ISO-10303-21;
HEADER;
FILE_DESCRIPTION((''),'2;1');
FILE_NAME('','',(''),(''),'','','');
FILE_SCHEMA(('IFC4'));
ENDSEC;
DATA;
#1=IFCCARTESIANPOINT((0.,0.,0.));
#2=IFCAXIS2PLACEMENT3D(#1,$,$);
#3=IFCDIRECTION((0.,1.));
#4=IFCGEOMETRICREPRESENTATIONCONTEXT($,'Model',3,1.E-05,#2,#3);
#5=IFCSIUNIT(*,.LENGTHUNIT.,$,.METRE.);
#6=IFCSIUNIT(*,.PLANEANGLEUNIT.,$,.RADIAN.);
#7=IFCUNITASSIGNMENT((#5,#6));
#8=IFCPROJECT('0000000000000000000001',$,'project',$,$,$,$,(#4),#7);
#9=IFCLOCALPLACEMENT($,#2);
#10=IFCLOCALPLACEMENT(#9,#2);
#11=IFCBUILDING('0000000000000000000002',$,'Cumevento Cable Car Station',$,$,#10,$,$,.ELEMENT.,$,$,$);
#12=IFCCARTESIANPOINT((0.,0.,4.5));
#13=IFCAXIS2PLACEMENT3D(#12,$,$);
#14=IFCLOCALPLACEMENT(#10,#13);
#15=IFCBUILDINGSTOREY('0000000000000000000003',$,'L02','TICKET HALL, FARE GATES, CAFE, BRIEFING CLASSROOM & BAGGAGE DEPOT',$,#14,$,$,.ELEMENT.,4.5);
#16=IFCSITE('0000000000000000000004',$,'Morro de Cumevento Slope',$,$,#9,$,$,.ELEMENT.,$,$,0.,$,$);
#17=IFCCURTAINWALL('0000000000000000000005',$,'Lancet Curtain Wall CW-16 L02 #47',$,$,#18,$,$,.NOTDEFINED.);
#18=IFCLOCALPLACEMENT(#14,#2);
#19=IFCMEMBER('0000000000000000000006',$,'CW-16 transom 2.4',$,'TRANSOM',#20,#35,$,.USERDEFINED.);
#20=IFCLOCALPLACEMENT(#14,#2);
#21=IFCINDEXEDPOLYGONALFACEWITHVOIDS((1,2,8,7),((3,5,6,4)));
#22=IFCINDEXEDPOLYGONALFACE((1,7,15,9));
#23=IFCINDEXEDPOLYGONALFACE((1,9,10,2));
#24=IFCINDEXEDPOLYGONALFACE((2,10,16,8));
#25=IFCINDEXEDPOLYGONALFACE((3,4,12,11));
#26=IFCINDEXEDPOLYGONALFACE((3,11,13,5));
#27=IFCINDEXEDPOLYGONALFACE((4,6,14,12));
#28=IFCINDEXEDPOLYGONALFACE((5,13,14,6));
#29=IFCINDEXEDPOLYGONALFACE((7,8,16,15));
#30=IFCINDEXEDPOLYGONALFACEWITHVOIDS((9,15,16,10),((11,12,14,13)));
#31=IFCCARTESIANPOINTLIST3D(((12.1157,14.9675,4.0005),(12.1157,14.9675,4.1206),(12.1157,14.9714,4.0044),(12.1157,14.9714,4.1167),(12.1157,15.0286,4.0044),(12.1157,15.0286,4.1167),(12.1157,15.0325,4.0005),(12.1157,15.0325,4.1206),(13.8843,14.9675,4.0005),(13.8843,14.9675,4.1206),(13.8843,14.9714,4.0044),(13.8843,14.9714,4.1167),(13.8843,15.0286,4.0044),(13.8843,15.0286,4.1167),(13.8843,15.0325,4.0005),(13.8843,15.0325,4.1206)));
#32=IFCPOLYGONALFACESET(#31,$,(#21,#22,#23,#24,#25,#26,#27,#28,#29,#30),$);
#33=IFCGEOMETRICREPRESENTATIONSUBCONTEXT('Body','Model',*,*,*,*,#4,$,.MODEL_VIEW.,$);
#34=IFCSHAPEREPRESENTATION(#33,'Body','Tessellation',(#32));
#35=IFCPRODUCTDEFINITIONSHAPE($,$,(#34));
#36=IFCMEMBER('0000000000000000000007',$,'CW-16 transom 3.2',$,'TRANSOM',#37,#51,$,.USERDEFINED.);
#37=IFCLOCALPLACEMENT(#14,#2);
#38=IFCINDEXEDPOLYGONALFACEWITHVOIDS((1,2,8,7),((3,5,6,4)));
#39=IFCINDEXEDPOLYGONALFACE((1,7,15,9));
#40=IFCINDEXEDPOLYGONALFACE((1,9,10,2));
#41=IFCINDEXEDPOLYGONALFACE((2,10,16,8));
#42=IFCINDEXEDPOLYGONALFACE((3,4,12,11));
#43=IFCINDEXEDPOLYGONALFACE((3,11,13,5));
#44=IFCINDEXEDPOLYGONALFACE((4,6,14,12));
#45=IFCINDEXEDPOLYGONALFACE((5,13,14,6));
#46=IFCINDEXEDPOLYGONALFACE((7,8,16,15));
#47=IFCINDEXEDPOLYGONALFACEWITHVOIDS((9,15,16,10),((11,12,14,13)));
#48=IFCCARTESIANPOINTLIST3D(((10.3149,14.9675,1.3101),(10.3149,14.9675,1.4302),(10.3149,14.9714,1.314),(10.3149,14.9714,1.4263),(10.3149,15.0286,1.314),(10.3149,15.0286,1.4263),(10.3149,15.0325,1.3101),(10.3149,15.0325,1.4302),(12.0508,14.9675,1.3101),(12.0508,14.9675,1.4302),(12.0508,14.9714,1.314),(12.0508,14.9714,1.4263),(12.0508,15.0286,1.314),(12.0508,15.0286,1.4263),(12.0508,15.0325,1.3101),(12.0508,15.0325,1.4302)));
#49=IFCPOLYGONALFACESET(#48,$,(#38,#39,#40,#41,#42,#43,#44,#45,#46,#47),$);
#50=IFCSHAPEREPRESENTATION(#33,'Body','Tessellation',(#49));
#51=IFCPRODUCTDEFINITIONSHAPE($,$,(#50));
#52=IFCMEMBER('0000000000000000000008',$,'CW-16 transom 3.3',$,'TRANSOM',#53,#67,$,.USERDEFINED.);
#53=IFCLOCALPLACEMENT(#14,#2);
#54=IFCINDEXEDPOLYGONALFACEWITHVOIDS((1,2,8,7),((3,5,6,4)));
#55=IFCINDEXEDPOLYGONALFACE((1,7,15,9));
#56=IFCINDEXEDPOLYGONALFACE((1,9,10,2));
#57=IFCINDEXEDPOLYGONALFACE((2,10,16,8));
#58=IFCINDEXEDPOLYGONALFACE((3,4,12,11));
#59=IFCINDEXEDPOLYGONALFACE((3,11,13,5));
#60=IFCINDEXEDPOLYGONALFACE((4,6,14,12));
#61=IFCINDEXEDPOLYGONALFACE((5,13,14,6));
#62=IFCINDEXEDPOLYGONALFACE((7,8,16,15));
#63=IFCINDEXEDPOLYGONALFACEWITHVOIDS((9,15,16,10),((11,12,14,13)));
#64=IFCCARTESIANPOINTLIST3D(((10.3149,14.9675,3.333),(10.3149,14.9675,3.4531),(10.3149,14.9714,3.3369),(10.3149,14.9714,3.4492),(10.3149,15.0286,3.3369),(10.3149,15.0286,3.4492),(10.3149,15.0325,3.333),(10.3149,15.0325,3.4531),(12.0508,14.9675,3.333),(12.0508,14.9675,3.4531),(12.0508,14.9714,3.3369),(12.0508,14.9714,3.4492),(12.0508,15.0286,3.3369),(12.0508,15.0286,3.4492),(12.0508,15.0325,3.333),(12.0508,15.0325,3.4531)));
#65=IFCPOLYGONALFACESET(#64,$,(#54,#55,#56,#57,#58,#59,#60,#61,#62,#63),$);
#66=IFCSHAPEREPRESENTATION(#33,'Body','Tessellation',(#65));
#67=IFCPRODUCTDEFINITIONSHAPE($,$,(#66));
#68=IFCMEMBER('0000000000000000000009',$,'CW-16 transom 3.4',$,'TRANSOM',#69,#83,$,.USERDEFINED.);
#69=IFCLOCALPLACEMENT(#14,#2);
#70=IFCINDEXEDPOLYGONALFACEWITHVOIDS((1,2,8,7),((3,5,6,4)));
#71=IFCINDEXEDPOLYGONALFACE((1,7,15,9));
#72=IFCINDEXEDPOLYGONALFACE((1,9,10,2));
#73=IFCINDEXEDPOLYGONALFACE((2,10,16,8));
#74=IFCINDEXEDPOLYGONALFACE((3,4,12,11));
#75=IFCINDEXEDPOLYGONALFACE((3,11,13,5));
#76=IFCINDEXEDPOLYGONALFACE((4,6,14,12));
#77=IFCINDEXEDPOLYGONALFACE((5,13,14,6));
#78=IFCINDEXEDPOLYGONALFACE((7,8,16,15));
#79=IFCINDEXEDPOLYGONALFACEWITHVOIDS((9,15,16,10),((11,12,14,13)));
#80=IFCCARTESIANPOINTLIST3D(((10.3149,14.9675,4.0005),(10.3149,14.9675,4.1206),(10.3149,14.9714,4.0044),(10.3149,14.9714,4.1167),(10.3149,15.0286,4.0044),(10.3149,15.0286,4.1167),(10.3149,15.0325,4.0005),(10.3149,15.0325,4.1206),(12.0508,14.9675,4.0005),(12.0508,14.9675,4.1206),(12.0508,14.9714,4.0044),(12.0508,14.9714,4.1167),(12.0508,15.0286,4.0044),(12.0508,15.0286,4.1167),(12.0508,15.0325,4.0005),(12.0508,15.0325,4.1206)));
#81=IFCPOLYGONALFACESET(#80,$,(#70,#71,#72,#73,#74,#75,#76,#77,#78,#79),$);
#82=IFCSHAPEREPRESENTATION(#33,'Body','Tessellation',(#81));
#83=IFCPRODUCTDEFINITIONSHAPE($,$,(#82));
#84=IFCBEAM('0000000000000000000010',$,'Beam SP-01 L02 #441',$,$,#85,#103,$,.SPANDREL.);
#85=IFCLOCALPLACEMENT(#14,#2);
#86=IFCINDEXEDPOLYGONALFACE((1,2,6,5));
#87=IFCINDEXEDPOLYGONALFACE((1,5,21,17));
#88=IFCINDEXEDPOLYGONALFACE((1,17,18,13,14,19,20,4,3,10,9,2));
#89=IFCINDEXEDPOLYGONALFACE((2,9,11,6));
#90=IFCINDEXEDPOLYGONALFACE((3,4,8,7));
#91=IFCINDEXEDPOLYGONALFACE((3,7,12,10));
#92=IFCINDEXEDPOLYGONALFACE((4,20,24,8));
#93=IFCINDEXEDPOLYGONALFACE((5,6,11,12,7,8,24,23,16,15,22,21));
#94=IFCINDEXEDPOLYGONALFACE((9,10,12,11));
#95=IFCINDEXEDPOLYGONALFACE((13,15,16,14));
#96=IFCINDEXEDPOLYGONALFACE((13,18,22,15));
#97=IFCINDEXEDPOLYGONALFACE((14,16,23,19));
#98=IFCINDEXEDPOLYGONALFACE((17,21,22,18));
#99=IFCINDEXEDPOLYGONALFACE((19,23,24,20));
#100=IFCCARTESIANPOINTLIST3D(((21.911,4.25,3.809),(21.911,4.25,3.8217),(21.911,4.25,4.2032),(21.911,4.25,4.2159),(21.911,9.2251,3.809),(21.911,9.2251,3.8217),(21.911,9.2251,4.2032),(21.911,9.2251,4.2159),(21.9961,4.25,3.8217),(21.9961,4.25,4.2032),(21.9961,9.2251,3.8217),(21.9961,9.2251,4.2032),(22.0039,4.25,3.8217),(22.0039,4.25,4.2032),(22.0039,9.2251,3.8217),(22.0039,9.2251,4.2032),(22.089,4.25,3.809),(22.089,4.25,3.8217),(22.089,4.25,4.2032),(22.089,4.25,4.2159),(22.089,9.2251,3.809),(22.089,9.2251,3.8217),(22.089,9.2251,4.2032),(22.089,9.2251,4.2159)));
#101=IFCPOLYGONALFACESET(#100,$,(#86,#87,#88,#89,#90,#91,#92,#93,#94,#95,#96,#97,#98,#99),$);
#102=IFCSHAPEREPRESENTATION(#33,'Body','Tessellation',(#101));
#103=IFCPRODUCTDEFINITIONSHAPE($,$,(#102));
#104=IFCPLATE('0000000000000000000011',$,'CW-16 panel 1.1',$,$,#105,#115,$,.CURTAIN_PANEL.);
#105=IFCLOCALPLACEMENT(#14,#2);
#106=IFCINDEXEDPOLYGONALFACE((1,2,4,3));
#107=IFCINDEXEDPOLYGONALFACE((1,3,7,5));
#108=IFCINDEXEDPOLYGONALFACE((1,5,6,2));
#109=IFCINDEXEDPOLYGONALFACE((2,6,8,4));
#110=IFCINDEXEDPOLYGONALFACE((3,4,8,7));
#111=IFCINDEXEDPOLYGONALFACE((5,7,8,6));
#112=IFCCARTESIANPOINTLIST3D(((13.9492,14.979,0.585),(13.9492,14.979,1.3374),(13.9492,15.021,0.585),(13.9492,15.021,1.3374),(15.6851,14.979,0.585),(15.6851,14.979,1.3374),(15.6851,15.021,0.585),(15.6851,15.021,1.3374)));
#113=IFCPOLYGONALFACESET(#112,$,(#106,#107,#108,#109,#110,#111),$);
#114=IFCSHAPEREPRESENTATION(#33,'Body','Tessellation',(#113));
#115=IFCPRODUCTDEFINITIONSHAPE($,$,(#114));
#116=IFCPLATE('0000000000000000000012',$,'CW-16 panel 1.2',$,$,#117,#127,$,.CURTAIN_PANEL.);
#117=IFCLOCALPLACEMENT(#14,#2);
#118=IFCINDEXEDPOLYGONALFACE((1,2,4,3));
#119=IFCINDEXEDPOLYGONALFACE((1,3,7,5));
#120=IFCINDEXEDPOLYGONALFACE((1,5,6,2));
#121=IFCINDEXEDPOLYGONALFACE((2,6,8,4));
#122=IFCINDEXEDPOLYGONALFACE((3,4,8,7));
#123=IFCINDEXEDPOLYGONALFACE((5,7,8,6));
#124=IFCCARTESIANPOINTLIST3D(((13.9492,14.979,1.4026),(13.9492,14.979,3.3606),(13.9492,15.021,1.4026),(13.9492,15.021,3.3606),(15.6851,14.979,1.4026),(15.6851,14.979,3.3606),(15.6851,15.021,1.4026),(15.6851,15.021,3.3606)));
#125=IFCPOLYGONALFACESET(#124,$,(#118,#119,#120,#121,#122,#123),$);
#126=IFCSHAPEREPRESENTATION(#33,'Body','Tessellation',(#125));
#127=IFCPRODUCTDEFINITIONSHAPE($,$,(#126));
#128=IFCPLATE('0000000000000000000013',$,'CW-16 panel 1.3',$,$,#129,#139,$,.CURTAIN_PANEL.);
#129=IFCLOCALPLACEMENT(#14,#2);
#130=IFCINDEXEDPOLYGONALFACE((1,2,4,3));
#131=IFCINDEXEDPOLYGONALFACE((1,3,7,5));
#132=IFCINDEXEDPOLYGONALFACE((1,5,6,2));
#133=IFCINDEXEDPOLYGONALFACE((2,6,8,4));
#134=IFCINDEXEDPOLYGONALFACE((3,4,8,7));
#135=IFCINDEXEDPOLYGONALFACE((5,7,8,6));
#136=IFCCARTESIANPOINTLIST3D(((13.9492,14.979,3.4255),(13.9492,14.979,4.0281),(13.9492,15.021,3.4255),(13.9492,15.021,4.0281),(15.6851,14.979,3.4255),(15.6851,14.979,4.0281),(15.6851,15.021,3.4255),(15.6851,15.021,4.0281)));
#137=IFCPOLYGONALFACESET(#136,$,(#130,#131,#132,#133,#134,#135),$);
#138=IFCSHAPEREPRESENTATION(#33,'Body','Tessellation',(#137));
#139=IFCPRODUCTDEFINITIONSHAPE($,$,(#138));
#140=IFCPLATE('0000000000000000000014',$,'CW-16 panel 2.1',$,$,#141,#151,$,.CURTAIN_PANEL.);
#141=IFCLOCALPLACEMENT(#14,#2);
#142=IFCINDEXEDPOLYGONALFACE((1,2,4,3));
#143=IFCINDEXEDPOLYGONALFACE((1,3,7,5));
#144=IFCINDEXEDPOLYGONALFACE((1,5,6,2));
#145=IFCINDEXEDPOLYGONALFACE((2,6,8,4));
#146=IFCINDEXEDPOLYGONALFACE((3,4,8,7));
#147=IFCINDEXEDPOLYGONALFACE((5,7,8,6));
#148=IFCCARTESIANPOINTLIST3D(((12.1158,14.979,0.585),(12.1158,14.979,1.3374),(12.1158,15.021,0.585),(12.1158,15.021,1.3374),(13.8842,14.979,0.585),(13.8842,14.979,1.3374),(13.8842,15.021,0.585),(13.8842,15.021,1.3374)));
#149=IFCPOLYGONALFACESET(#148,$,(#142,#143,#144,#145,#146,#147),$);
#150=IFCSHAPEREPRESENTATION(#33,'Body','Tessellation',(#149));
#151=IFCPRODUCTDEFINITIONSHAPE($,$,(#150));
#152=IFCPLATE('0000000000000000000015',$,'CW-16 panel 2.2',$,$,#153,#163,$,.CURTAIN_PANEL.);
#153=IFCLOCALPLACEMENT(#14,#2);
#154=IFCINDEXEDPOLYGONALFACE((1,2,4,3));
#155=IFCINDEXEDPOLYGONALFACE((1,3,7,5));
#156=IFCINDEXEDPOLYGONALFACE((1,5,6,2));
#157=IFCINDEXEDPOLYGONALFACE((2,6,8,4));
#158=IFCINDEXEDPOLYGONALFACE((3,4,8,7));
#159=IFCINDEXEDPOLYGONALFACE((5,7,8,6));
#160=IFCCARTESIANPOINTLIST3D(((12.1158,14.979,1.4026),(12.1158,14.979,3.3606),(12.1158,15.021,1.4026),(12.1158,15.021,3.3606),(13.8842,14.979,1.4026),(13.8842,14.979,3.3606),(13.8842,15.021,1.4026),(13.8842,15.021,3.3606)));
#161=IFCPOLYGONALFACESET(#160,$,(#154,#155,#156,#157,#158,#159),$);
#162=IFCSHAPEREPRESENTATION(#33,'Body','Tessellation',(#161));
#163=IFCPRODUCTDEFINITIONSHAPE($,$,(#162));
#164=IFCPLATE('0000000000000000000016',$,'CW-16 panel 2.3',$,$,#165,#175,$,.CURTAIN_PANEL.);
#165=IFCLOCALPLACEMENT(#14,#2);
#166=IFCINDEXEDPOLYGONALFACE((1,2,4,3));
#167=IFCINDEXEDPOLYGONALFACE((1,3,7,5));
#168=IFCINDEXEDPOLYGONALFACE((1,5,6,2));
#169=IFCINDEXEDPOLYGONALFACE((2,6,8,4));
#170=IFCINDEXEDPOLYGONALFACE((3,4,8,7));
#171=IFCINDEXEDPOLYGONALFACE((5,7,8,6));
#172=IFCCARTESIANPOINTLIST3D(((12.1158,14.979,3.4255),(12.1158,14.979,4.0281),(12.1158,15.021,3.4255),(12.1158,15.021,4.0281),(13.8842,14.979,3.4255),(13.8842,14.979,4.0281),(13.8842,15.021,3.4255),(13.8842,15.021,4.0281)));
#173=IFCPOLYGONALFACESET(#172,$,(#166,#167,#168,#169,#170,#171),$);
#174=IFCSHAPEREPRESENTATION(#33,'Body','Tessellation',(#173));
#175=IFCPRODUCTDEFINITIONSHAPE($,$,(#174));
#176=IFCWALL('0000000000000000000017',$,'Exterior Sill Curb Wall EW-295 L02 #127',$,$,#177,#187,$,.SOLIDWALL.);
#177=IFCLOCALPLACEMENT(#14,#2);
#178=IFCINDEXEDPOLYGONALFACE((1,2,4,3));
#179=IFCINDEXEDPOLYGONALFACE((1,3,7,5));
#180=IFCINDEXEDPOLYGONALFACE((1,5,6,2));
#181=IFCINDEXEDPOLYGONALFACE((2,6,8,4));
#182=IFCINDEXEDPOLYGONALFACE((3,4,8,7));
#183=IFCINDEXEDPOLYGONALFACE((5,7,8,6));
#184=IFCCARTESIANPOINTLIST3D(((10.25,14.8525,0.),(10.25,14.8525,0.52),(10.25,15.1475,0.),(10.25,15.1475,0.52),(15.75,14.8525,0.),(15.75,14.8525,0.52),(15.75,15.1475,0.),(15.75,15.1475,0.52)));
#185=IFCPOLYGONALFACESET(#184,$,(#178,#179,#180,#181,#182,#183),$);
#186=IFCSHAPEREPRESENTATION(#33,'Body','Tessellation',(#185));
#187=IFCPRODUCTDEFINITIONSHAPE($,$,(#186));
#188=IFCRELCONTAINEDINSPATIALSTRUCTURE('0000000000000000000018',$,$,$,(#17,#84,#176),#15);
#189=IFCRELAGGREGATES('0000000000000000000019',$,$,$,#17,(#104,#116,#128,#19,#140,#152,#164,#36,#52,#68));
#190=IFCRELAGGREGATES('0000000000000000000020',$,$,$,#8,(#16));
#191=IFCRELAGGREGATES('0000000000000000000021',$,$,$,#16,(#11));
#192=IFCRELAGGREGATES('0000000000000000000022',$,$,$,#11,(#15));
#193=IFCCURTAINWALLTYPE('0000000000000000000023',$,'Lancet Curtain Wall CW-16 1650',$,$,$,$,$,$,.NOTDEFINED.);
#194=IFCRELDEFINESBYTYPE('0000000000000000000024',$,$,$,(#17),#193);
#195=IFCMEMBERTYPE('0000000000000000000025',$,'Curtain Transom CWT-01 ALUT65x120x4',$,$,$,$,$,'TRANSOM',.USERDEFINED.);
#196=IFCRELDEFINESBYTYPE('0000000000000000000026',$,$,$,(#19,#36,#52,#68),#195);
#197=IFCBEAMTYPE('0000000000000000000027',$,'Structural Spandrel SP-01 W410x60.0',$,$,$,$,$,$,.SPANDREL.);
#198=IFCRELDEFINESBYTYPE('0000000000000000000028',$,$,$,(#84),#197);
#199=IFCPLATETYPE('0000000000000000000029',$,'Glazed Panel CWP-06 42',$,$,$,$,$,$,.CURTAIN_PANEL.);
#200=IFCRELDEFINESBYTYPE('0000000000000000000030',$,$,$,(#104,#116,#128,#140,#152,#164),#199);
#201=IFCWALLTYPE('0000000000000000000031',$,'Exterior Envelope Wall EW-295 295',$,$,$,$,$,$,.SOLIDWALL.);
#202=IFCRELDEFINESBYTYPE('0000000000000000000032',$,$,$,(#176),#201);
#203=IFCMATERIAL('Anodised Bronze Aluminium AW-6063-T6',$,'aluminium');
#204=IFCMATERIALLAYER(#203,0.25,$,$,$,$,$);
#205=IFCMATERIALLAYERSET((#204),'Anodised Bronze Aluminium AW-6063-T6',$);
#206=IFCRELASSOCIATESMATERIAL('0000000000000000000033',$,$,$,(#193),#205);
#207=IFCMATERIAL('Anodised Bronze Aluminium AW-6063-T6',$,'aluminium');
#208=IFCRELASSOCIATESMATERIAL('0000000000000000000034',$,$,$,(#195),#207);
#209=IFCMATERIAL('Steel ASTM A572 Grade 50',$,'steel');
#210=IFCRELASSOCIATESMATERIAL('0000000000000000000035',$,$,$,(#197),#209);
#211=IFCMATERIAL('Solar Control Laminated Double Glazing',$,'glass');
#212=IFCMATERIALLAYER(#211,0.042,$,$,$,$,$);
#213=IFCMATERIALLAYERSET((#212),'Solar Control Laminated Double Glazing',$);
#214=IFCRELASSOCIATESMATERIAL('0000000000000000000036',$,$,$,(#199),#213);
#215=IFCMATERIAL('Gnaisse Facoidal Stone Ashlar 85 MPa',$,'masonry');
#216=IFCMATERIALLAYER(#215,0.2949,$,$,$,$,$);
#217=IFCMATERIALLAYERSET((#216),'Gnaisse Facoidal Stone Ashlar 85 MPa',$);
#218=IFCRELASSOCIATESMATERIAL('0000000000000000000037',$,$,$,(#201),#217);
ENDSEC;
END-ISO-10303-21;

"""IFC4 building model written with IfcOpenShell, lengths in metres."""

from ifc_helpers import new_model, si_unit, direction, frame, frame_2d, origin, origin_2d, place, context, subcontext, project, spatial, rectangle, hollow_rectangle, i_section, extrude, material, layer, layer_set, material_profile, profile_set, type_object, element, aggregate, save


model = new_model("IFC4")

# Units and contexts
model_context = context("Model", 3, precision=1e-05, world=origin(), true_north=direction((0.0, 1.0)))
body_context = subcontext(model_context, "Body", "Model", "MODEL_VIEW")
ifc_project = project(units=[si_unit("LENGTHUNIT", "METRE"), si_unit("PLANEANGLEUNIT", "RADIAN")], contexts=[model_context])

# Site, building, storey
site_placement = place(None, origin())
site = spatial("IfcSite", under=ifc_project, at=site_placement, Name="Morro de Cumevento Slope", CompositionType="ELEMENT", RefElevation=0.0)
building_placement = place(site_placement, origin())
building = spatial("IfcBuilding", under=site, at=building_placement, Name="Cumevento Cable Car Station", CompositionType="ELEMENT")
storey_placement = place(building_placement, frame((0.0, 0.0, 4.5)))
storey = spatial("IfcBuildingStorey", under=building, at=storey_placement, Name="L02", Description="TICKET HALL, FARE GATES, CAFE, BRIEFING CLASSROOM & BAGGAGE DEPOT", CompositionType="ELEMENT", Elevation=4.5)

# Curtain wall, members
ifc_material_1 = material(Name="Anodised Bronze Aluminium AW-6063-T6", Category="aluminium")
ifc_layer_1 = layer(ifc_material_1, 0.25)
ifc_layer_set_1 = layer_set([ifc_layer_1], Name="Anodised Bronze Aluminium AW-6063-T6")
curtain_wall_type = type_object("IfcCurtainWallType", Name="Lancet Curtain Wall CW-16 1650", PredefinedType="NOTDEFINED", material=ifc_layer_set_1)
curtain_wall_placement = place(storey_placement, origin())
curtain_wall = element("IfcCurtainWall", 1, at=curtain_wall_placement, inside=storey, type_object=curtain_wall_type, Name="Lancet Curtain Wall CW-16 L02 #47", PredefinedType="NOTDEFINED")
ifc_material_2 = material(Name="Anodised Bronze Aluminium AW-6063-T6", Category="aluminium")
ifc_material_profile_1 = material_profile(ifc_material_2, hollow_rectangle(XDim=0.0649, YDim=0.1201, WallThickness=0.0039, at=origin_2d()), Name="ALUT65x120x4")
ifc_profile_set_1 = profile_set([ifc_material_profile_1], Name="Anodised Bronze Aluminium AW-6063-T6")
member_type_1 = type_object("IfcMemberType", Name="Curtain Transom CWT-01 ALUT65x120x4", ElementType="TRANSOM", PredefinedType="USERDEFINED", material=ifc_profile_set_1)
member_1_placement = place(storey_placement, frame((13.8843, 15.0, 4.0605), z_axis=(-1.0, 0.0, 0.0), x_axis=(0.0, -1.0, 0.0)))
member_1 = element("IfcMember", 2, at=member_1_placement, type_object=member_type_1, Name="CW-16 transom 2.4", ObjectType="TRANSOM", PredefinedType="USERDEFINED", context=body_context, shape_type="SweptSolid", body=[
    extrude(hollow_rectangle(XDim=0.0649, YDim=0.1201, WallThickness=0.0039, at=origin_2d()), origin(), (0.0, 0.0, 1.0), 1.7686),
])
member_2_placement = place(storey_placement, frame((12.0508, 15.0, 1.3701), z_axis=(-1.0, 0.0, 0.0), x_axis=(0.0, -1.0, 0.0)))
member_2 = element("IfcMember", 3, at=member_2_placement, type_object=member_type_1, Name="CW-16 transom 3.2", ObjectType="TRANSOM", PredefinedType="USERDEFINED", context=body_context, shape_type="SweptSolid", body=[
    extrude(hollow_rectangle(XDim=0.0649, YDim=0.1201, WallThickness=0.0039, at=origin_2d()), origin(), (0.0, 0.0, 1.0), 1.7358),
])
member_3_placement = place(storey_placement, frame((12.0508, 15.0, 3.3931), z_axis=(-1.0, 0.0, 0.0), x_axis=(0.0, -1.0, 0.0)))
member_3 = element("IfcMember", 4, at=member_3_placement, type_object=member_type_1, Name="CW-16 transom 3.3", ObjectType="TRANSOM", PredefinedType="USERDEFINED", context=body_context, shape_type="SweptSolid", body=[
    extrude(hollow_rectangle(XDim=0.0649, YDim=0.1201, WallThickness=0.0039, at=origin_2d()), origin(), (0.0, 0.0, 1.0), 1.7358),
])
member_4_placement = place(storey_placement, frame((12.0508, 15.0, 4.0605), z_axis=(-1.0, 0.0, 0.0), x_axis=(0.0, -1.0, 0.0)))
member_4 = element("IfcMember", 5, at=member_4_placement, type_object=member_type_1, Name="CW-16 transom 3.4", ObjectType="TRANSOM", PredefinedType="USERDEFINED", context=body_context, shape_type="SweptSolid", body=[
    extrude(hollow_rectangle(XDim=0.0649, YDim=0.1201, WallThickness=0.0039, at=origin_2d()), origin(), (0.0, 0.0, 1.0), 1.7358),
])

# Beam
ifc_material_3 = material(Name="Steel ASTM A572 Grade 50", Category="steel")
ifc_material_profile_2 = material_profile(ifc_material_3, i_section(OverallWidth=0.178, OverallDepth=0.407, WebThickness=0.0078, FlangeThickness=0.0127, at=origin_2d()), Name="W410x60.0")
ifc_profile_set_2 = profile_set([ifc_material_profile_2], Name="Steel ASTM A572 Grade 50")
beam_type = type_object("IfcBeamType", Name="Structural Spandrel SP-01 W410x60.0", PredefinedType="SPANDREL", material=ifc_profile_set_2)
beam_placement = place(storey_placement, frame((22.0, 4.25, 4.0125), z_axis=(0.0, 1.0, 0.0), x_axis=(-1.0, 0.0, 0.0)))
element("IfcBeam", 6, at=beam_placement, inside=storey, type_object=beam_type, Name="Beam SP-01 L02 #441", PredefinedType="SPANDREL", context=body_context, shape_type="SweptSolid", body=[
    extrude(i_section(OverallWidth=0.178, OverallDepth=0.407, WebThickness=0.0078, FlangeThickness=0.0127, at=origin_2d()), origin(), (0.0, 0.0, 1.0), 4.9751),
])

# Plates
ifc_material_4 = material(Name="Solar Control Laminated Double Glazing", Category="glass")
ifc_layer_2 = layer(ifc_material_4, 0.042)
ifc_layer_set_2 = layer_set([ifc_layer_2], Name="Solar Control Laminated Double Glazing")
plate_type = type_object("IfcPlateType", Name="Glazed Panel CWP-06 42", PredefinedType="CURTAIN_PANEL", material=ifc_layer_set_2)
plate_1_placement = place(storey_placement, frame((14.8171, 15.0, 0.585), z_axis=(0.0, 0.0, 1.0), x_axis=(-1.0, 0.0, 0.0)))
plate_1 = element("IfcPlate", 7, at=plate_1_placement, type_object=plate_type, Name="CW-16 panel 1.1", PredefinedType="CURTAIN_PANEL", context=body_context, shape_type="SweptSolid", body=[
    extrude(rectangle(XDim=1.7358, YDim=0.042, at=origin_2d()), origin(), (0.0, 0.0, 1.0), 0.7524),
])
plate_2_placement = place(storey_placement, frame((14.8171, 15.0, 1.4026), z_axis=(0.0, 0.0, 1.0), x_axis=(-1.0, 0.0, 0.0)))
plate_2 = element("IfcPlate", 8, at=plate_2_placement, type_object=plate_type, Name="CW-16 panel 1.2", PredefinedType="CURTAIN_PANEL", context=body_context, shape_type="SweptSolid", body=[
    extrude(rectangle(XDim=1.7358, YDim=0.042, at=origin_2d()), origin(), (0.0, 0.0, 1.0), 1.958),
])
plate_3_placement = place(storey_placement, frame((14.8171, 15.0, 3.4255), z_axis=(0.0, 0.0, 1.0), x_axis=(-1.0, 0.0, 0.0)))
plate_3 = element("IfcPlate", 9, at=plate_3_placement, type_object=plate_type, Name="CW-16 panel 1.3", PredefinedType="CURTAIN_PANEL", context=body_context, shape_type="SweptSolid", body=[
    extrude(rectangle(XDim=1.7358, YDim=0.042, at=origin_2d()), origin(), (0.0, 0.0, 1.0), 0.6025),
])
plate_4_placement = place(storey_placement, frame((13.0, 15.0, 0.585), z_axis=(0.0, 0.0, 1.0), x_axis=(-1.0, 0.0, 0.0)))
plate_4 = element("IfcPlate", 10, at=plate_4_placement, type_object=plate_type, Name="CW-16 panel 2.1", PredefinedType="CURTAIN_PANEL", context=body_context, shape_type="SweptSolid", body=[
    extrude(rectangle(XDim=1.7683, YDim=0.042, at=origin_2d()), origin(), (0.0, 0.0, 1.0), 0.7524),
])
plate_5_placement = place(storey_placement, frame((13.0, 15.0, 1.4026), z_axis=(0.0, 0.0, 1.0), x_axis=(-1.0, 0.0, 0.0)))
plate_5 = element("IfcPlate", 11, at=plate_5_placement, type_object=plate_type, Name="CW-16 panel 2.2", PredefinedType="CURTAIN_PANEL", context=body_context, shape_type="SweptSolid", body=[
    extrude(rectangle(XDim=1.7683, YDim=0.042, at=origin_2d()), origin(), (0.0, 0.0, 1.0), 1.958),
])
plate_6_placement = place(storey_placement, frame((13.0, 15.0, 3.4255), z_axis=(0.0, 0.0, 1.0), x_axis=(-1.0, 0.0, 0.0)))
plate_6 = element("IfcPlate", 12, at=plate_6_placement, type_object=plate_type, Name="CW-16 panel 2.3", PredefinedType="CURTAIN_PANEL", context=body_context, shape_type="SweptSolid", body=[
    extrude(rectangle(XDim=1.7683, YDim=0.042, at=origin_2d()), origin(), (0.0, 0.0, 1.0), 0.6025),
])
aggregate(curtain_wall, [plate_1, plate_2, plate_3, member_1, plate_4, plate_5, plate_6, member_2, member_3, member_4])

# Wall
ifc_material_5 = material(Name="Gnaisse Facoidal Stone Ashlar 85 MPa", Category="masonry")
ifc_layer_3 = layer(ifc_material_5, 0.2949)
ifc_layer_set_3 = layer_set([ifc_layer_3], Name="Gnaisse Facoidal Stone Ashlar 85 MPa")
wall_type = type_object("IfcWallType", Name="Exterior Envelope Wall EW-295 295", PredefinedType="SOLIDWALL", material=ifc_layer_set_3)
wall_placement = place(storey_placement, frame((15.75, 15.0, 0.0), z_axis=(0.0, 0.0, 1.0), x_axis=(-1.0, 0.0, 0.0)))
element("IfcWall", 13, at=wall_placement, inside=storey, type_object=wall_type, Name="Exterior Sill Curb Wall EW-295 L02 #127", PredefinedType="SOLIDWALL", context=body_context, shape_type="SweptSolid", body=[
    extrude(rectangle(XDim=5.5, YDim=0.2949, at=frame_2d((2.75, 0.0))), origin(), (0.0, 0.0, 1.0), 0.52),
])

save(model, "model.ifc")
